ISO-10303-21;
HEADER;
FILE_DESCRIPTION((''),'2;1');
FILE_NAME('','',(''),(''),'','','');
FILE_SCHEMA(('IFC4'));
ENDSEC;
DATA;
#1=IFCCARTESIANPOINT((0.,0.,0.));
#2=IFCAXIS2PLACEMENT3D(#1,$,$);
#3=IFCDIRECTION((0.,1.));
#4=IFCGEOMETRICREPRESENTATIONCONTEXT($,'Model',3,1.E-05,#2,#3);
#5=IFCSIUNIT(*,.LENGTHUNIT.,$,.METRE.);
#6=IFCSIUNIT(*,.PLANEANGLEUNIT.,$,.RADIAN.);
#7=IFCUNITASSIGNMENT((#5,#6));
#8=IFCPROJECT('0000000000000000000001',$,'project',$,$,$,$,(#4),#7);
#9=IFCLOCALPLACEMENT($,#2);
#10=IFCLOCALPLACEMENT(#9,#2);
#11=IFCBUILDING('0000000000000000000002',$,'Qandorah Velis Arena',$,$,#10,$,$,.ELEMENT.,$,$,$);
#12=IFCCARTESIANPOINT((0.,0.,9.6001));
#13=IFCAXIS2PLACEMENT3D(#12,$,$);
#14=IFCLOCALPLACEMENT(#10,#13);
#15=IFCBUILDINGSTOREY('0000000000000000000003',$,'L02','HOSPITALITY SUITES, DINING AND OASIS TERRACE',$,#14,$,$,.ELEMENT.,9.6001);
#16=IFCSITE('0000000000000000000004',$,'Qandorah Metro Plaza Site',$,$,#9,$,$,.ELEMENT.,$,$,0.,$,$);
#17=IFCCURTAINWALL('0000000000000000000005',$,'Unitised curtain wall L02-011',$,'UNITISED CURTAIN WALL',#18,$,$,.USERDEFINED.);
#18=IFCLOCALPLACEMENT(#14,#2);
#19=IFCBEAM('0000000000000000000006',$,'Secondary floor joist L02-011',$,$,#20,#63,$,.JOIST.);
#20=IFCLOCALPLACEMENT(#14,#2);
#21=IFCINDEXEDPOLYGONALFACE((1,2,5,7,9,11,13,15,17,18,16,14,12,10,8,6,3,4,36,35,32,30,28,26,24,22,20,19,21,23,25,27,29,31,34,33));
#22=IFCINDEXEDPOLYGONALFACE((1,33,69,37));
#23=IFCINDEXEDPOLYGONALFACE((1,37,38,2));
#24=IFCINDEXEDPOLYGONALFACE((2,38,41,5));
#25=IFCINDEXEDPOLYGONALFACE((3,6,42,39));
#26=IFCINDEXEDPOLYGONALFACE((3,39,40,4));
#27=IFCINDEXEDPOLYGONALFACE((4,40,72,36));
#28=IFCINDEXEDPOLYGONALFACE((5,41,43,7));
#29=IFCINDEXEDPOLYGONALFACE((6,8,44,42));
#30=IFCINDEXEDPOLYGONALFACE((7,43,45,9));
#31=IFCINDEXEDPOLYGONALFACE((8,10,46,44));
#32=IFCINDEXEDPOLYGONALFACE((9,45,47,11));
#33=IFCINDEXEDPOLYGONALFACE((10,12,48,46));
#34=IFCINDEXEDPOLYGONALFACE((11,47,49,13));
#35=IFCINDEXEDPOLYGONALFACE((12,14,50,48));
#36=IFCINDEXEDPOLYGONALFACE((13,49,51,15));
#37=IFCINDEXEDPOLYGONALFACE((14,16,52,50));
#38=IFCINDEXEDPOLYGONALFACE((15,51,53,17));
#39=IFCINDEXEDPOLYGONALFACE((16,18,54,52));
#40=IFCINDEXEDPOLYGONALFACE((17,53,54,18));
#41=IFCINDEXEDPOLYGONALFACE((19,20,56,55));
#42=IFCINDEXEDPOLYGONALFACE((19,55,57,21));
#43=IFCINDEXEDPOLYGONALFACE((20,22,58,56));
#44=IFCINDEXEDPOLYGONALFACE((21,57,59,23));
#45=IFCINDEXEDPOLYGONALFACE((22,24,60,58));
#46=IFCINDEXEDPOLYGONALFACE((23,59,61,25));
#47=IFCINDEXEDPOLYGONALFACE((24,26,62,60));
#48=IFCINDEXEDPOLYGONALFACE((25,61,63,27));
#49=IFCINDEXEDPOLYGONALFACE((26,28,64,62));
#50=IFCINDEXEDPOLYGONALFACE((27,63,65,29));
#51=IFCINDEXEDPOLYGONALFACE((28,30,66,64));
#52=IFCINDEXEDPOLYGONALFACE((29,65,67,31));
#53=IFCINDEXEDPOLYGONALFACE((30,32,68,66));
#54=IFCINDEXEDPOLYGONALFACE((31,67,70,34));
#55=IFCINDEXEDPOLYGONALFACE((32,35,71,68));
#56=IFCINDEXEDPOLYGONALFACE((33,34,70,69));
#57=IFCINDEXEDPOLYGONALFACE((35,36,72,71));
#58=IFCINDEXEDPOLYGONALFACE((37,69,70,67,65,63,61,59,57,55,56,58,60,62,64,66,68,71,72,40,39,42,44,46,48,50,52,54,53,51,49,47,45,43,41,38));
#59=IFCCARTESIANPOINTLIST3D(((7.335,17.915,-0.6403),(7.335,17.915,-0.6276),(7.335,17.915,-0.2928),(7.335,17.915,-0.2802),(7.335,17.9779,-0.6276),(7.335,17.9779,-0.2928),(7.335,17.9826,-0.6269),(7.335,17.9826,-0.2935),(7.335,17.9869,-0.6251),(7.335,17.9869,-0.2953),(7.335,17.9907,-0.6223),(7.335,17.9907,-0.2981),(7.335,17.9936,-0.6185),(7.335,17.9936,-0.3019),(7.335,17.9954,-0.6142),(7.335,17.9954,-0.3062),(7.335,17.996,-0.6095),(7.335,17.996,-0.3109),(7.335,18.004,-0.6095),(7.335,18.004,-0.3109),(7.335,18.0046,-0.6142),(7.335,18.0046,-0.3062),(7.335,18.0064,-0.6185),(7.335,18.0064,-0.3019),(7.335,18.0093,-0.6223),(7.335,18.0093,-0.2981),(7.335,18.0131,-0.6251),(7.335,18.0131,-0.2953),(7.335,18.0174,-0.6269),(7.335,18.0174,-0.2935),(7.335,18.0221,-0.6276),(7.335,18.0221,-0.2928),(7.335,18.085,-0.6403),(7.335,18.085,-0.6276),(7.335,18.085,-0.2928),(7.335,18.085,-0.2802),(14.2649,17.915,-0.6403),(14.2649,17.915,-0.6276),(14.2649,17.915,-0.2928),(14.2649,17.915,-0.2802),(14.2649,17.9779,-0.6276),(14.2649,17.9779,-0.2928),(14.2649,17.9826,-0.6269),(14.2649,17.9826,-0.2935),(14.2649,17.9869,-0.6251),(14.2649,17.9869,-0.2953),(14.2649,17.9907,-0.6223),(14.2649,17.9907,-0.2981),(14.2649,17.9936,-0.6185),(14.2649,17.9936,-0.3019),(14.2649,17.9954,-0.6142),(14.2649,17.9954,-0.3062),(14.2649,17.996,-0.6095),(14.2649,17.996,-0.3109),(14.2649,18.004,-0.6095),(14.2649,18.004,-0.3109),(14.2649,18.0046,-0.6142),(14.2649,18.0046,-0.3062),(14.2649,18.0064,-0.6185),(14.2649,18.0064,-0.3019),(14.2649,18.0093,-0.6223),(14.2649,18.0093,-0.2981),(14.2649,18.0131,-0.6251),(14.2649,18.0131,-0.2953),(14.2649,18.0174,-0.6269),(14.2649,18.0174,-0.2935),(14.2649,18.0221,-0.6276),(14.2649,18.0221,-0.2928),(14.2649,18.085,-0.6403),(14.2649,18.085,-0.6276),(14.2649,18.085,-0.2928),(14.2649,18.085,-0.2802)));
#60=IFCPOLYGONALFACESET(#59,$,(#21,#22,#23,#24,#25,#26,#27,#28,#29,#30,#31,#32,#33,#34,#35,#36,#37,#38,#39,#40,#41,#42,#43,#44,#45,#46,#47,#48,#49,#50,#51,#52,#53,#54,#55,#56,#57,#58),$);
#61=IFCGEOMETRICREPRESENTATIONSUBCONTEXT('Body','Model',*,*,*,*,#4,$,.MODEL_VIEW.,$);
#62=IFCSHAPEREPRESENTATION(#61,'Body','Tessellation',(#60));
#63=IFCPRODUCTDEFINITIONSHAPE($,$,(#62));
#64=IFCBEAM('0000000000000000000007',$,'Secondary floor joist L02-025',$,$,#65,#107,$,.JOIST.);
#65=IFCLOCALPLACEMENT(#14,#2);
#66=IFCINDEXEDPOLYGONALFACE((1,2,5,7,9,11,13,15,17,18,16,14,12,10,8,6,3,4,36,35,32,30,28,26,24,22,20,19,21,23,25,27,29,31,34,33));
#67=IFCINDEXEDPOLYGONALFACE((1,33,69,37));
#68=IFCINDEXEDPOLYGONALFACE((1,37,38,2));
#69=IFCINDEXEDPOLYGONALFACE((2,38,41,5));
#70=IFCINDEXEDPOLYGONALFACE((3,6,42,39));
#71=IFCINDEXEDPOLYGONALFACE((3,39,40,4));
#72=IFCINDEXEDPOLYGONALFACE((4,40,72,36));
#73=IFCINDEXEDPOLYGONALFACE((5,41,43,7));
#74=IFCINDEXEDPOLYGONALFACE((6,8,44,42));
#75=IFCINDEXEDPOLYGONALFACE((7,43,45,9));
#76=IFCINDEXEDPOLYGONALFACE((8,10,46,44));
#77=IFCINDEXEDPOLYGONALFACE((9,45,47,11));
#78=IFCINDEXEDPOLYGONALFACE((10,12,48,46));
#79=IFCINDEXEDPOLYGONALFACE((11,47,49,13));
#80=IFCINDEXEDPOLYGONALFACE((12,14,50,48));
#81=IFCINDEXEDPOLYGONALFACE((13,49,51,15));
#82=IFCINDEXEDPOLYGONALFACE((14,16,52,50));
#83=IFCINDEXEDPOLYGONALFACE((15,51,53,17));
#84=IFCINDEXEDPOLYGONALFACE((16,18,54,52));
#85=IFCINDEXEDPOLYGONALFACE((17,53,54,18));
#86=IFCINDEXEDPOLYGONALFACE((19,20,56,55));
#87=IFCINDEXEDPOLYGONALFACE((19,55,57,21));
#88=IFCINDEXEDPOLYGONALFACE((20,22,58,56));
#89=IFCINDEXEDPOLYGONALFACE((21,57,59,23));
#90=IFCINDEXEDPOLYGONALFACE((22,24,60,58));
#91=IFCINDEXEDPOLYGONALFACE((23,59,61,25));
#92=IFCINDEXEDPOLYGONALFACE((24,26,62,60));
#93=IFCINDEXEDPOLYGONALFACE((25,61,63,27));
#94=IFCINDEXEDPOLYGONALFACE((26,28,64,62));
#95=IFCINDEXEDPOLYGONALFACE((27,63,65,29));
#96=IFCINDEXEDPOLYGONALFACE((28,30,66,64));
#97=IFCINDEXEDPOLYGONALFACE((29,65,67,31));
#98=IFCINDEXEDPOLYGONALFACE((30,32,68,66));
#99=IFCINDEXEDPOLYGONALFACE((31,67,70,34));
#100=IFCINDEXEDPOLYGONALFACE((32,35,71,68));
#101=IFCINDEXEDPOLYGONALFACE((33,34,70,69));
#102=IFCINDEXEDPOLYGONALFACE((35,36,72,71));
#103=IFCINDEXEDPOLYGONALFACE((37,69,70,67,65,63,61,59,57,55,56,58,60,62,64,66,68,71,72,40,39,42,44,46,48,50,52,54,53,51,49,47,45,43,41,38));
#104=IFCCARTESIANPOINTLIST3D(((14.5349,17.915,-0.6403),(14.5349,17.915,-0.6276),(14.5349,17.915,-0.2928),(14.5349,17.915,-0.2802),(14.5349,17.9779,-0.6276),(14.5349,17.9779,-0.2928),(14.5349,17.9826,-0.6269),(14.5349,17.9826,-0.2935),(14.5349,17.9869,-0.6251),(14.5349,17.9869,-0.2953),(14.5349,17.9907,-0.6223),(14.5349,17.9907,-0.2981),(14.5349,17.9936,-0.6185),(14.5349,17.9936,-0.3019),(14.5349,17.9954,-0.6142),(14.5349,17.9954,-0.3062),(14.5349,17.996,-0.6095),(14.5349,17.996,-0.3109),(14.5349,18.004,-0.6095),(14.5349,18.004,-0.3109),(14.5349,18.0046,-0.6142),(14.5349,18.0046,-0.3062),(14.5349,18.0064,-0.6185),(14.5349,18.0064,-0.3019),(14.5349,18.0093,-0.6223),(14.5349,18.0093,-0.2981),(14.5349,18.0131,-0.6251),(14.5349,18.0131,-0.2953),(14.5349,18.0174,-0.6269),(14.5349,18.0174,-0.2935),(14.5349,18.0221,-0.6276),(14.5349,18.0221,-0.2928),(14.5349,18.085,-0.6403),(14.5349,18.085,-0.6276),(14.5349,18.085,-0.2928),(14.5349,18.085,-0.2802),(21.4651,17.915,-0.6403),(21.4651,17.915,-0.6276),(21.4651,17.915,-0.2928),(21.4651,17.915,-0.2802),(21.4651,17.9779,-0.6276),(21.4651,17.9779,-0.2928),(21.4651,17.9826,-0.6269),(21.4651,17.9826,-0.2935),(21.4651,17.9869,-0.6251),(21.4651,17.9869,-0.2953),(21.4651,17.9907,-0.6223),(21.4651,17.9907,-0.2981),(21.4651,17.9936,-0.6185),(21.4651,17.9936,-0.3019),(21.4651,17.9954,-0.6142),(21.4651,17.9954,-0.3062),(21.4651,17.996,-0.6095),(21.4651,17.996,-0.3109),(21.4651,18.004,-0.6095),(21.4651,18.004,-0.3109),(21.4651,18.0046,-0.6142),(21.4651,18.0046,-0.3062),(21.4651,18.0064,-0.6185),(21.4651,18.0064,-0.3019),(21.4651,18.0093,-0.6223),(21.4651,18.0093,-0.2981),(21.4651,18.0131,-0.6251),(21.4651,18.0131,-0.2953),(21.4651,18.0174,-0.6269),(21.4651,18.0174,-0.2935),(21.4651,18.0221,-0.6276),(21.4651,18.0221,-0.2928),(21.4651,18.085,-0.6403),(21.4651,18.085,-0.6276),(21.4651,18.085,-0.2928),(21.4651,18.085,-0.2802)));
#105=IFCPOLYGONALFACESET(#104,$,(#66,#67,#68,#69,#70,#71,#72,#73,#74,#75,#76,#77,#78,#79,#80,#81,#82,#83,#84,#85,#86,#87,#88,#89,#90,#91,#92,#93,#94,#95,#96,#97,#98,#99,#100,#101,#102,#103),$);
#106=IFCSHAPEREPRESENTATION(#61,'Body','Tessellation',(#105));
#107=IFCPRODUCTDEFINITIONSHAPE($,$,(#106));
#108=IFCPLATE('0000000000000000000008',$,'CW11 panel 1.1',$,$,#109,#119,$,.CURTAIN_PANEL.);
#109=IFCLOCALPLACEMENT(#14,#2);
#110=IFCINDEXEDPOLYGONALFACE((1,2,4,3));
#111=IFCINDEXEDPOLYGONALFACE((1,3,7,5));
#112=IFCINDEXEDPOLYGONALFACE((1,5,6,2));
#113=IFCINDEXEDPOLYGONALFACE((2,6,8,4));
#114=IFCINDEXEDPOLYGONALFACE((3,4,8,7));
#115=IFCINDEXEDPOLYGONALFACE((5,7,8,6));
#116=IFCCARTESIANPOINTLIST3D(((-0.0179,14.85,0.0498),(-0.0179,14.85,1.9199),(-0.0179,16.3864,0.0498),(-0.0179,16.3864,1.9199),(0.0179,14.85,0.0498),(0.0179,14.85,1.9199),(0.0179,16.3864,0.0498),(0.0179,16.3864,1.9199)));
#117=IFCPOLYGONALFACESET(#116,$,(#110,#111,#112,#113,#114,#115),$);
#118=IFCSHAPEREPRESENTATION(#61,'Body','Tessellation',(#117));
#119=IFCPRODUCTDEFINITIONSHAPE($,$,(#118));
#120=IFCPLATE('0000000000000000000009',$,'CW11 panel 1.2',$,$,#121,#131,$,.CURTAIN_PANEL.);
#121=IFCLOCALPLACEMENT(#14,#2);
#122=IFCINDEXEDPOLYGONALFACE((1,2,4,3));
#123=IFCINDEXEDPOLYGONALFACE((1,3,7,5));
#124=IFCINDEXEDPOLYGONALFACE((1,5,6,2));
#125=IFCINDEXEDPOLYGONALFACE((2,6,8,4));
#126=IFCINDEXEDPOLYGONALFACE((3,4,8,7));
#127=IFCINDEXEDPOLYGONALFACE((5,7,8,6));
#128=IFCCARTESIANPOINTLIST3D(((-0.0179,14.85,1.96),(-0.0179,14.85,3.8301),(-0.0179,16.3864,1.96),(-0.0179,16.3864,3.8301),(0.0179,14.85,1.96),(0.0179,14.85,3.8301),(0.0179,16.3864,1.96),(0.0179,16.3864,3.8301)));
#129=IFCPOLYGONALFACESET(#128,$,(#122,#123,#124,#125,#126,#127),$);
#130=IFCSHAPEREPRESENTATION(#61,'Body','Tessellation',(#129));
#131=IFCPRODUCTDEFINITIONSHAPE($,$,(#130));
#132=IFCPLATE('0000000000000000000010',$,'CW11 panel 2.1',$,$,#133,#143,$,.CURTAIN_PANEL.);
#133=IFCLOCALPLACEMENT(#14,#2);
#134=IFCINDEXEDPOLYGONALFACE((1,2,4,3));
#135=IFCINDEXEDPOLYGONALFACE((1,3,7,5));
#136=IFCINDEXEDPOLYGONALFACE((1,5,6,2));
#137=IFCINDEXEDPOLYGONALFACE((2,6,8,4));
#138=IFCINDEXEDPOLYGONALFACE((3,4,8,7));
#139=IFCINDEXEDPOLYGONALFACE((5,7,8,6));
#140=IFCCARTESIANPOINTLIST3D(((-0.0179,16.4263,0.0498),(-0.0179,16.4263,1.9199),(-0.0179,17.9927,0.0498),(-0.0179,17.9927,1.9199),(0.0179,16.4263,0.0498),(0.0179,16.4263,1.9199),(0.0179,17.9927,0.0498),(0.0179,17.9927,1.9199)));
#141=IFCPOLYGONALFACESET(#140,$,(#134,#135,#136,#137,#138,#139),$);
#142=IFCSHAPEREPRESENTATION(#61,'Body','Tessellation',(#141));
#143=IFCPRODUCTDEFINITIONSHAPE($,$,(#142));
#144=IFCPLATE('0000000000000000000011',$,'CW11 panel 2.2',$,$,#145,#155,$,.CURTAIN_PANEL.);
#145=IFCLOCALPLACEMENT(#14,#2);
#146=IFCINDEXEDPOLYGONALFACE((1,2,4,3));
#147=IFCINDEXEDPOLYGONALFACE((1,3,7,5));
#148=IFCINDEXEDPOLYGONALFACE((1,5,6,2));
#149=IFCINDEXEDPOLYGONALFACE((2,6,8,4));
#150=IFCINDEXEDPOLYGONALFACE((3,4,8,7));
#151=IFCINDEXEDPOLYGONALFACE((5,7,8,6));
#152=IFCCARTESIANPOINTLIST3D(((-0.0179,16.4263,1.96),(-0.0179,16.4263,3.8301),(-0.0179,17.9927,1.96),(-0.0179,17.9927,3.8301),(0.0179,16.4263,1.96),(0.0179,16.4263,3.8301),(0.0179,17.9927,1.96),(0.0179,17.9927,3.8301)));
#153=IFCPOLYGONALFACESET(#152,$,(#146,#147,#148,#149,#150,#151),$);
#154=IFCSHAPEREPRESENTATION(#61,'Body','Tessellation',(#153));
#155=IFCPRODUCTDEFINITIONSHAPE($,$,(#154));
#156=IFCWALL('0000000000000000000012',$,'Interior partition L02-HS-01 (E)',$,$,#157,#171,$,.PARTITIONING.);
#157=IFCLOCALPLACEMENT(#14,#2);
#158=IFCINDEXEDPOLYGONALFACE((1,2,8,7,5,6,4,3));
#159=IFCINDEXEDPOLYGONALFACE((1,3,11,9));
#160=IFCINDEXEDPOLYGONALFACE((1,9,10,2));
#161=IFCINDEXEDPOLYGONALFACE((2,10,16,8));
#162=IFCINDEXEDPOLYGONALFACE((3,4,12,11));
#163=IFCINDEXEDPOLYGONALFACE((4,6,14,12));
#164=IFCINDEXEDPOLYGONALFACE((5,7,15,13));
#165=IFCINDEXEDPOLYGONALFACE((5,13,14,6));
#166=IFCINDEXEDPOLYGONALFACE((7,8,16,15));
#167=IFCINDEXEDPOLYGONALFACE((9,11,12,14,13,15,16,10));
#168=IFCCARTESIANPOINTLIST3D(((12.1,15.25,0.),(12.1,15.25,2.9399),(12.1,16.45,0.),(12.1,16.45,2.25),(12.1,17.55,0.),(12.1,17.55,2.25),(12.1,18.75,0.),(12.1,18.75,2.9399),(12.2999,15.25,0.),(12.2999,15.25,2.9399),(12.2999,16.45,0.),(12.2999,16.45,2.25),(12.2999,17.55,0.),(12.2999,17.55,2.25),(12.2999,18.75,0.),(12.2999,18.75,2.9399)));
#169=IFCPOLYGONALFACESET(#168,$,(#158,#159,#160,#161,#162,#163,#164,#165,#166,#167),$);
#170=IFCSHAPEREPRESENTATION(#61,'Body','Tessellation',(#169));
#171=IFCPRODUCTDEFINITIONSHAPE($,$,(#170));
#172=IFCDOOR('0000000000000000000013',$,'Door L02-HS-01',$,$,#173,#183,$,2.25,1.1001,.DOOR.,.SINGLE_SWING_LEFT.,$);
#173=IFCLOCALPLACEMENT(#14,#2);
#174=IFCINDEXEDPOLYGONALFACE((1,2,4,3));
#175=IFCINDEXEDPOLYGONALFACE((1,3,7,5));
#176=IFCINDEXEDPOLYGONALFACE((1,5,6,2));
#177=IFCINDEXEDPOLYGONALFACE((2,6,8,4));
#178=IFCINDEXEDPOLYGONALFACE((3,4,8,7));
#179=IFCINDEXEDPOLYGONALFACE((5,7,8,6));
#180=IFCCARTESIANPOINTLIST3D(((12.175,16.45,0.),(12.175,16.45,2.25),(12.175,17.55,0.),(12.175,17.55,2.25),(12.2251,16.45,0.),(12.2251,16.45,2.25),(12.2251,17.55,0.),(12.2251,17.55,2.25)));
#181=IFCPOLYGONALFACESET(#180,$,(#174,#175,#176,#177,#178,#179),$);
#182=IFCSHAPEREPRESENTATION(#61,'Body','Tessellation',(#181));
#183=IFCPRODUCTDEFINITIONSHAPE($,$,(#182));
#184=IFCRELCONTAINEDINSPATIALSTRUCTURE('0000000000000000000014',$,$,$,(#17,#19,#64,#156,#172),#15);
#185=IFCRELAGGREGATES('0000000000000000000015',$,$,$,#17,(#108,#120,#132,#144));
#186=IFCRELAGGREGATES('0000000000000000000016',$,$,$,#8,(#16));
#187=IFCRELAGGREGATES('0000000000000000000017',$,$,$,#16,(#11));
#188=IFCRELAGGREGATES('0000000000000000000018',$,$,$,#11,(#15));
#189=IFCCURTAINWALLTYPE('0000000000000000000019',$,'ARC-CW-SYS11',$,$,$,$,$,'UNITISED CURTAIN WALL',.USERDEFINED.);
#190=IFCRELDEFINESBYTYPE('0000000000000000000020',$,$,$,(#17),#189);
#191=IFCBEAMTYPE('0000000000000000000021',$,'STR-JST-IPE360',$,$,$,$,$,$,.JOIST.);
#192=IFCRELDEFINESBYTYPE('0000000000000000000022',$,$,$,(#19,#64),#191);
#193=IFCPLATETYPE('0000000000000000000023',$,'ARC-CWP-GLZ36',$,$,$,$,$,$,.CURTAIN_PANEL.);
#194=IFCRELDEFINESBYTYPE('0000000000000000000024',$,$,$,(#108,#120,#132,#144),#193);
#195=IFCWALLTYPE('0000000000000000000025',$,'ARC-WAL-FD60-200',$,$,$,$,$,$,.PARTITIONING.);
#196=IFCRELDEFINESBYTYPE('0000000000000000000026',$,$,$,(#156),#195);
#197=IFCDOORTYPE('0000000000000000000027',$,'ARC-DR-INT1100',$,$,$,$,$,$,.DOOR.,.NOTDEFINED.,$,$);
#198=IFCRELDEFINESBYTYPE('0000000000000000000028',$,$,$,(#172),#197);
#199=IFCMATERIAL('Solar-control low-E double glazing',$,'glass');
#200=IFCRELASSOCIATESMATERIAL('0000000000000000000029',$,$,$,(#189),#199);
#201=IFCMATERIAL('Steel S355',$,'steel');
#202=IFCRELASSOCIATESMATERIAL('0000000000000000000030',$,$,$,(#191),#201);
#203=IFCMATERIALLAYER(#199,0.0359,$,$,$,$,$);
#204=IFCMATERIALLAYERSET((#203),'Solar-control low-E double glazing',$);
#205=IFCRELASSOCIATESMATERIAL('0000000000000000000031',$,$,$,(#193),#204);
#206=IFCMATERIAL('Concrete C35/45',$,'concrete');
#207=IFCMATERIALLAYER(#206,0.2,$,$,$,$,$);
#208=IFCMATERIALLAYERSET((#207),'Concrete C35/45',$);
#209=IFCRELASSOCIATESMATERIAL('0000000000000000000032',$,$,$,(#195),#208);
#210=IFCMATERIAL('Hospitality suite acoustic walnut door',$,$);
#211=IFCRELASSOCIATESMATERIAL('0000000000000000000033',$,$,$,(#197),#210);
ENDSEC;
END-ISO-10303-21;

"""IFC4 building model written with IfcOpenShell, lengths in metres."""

from ifc_helpers import new_model, si_unit, direction, frame, frame_2d, origin, origin_2d, place, context, subcontext, project, spatial, rectangle, i_section, extrude, material, layer, layer_set, material_profile, profile_set, type_object, element, fill, aggregate, save


model = new_model("IFC4")

# Units and contexts
model_context = context("Model", 3, precision=1e-05, world=origin(), true_north=direction((0.0, 1.0)))
body_context = subcontext(model_context, "Body", "Model", "MODEL_VIEW")
ifc_project = project(units=[si_unit("LENGTHUNIT", "METRE"), si_unit("PLANEANGLEUNIT", "RADIAN")], contexts=[model_context])

# Site, building, storey
site_placement = place(None, origin())
site = spatial("IfcSite", under=ifc_project, at=site_placement, Name="Qandorah Metro Plaza Site", CompositionType="ELEMENT", RefElevation=0.0)
building_placement = place(site_placement, origin())
building = spatial("IfcBuilding", under=site, at=building_placement, Name="Qandorah Velis Arena", CompositionType="ELEMENT")
storey_placement = place(building_placement, frame((0.0, 0.0, 9.6001)))
storey = spatial("IfcBuildingStorey", under=building, at=storey_placement, Name="L02", Description="HOSPITALITY SUITES, DINING AND OASIS TERRACE", CompositionType="ELEMENT", Elevation=9.6001)

# Curtain wall
ifc_material_1 = material(Name="Solar-control low-E double glazing", Category="glass")
curtain_wall_type = type_object("IfcCurtainWallType", Name="ARC-CW-SYS11", ElementType="UNITISED CURTAIN WALL", PredefinedType="USERDEFINED", material=ifc_material_1)
curtain_wall_placement = place(storey_placement, origin())
curtain_wall = element("IfcCurtainWall", 1, at=curtain_wall_placement, inside=storey, type_object=curtain_wall_type, Name="Unitised curtain wall L02-011", ObjectType="UNITISED CURTAIN WALL", PredefinedType="USERDEFINED")

# Beams
ifc_material_2 = material(Name="Steel S355", Category="steel")
ifc_material_profile_1 = material_profile(ifc_material_2, i_section(OverallWidth=0.1699, OverallDepth=0.3601, WebThickness=0.0081, FlangeThickness=0.0127, FilletRadius=0.0181, at=origin_2d()), Name="IPE 360")
ifc_profile_set_1 = profile_set([ifc_material_profile_1], Name="Steel S355")
beam_type = type_object("IfcBeamType", Name="STR-JST-IPE360", PredefinedType="JOIST", material=ifc_profile_set_1)
for number, where, z_axis, x_axis, name in (
    (2, (7.335, 18.0, -0.4602), (1.0, 0.0, 0.0), (0.0, 1.0, 0.0), "Secondary floor joist L02-011"),
):
    element("IfcBeam", number, at=place(storey_placement, frame(where, z_axis=z_axis, x_axis=x_axis)), inside=storey, type_object=beam_type, Name=name, PredefinedType="JOIST", context=body_context, shape_type="SweptSolid", body=[
        extrude(i_section(OverallWidth=0.1699, OverallDepth=0.3601, WebThickness=0.0081, FlangeThickness=0.0127, FilletRadius=0.0181, at=origin_2d()), origin(), (0.0, 0.0, 1.0), 6.9299),
    ])
beam_placement = place(storey_placement, frame((14.5349, 18.0, -0.4602), z_axis=(1.0, 0.0, 0.0), x_axis=(0.0, 1.0, 0.0)))
element("IfcBeam", 3, at=beam_placement, inside=storey, type_object=beam_type, Name="Secondary floor joist L02-025", PredefinedType="JOIST", context=body_context, shape_type="SweptSolid", body=[
    extrude(i_section(OverallWidth=0.1699, OverallDepth=0.3601, WebThickness=0.0081, FlangeThickness=0.0127, FilletRadius=0.0181, at=origin_2d()), origin(), (0.0, 0.0, 1.0), 6.9302),
])

# Plates
ifc_layer_1 = layer(ifc_material_1, 0.0359)
ifc_layer_set_1 = layer_set([ifc_layer_1], Name="Solar-control low-E double glazing")
plate_type = type_object("IfcPlateType", Name="ARC-CWP-GLZ36", PredefinedType="CURTAIN_PANEL", material=ifc_layer_set_1)
plate_1_placement = place(storey_placement, frame((0.0, 15.6182, 0.0498), z_axis=(0.0, 0.0, 1.0), x_axis=(0.0, 1.0, 0.0)))
plate_1 = element("IfcPlate", 4, at=plate_1_placement, type_object=plate_type, Name="CW11 panel 1.1", PredefinedType="CURTAIN_PANEL", context=body_context, shape_type="SweptSolid", body=[
    extrude(rectangle(XDim=1.5364, YDim=0.0359, at=origin_2d()), origin(), (0.0, 0.0, 1.0), 1.8701),
])
plate_2_placement = place(storey_placement, frame((0.0, 15.6182, 1.96), z_axis=(0.0, 0.0, 1.0), x_axis=(0.0, 1.0, 0.0)))
plate_2 = element("IfcPlate", 5, at=plate_2_placement, type_object=plate_type, Name="CW11 panel 1.2", PredefinedType="CURTAIN_PANEL", context=body_context, shape_type="SweptSolid", body=[
    extrude(rectangle(XDim=1.5364, YDim=0.0359, at=origin_2d()), origin(), (0.0, 0.0, 1.0), 1.8701),
])
plate_3_placement = place(storey_placement, frame((0.0, 17.2095, 0.0498), z_axis=(0.0, 0.0, 1.0), x_axis=(0.0, 1.0, 0.0)))
plate_3 = element("IfcPlate", 6, at=plate_3_placement, type_object=plate_type, Name="CW11 panel 2.1", PredefinedType="CURTAIN_PANEL", context=body_context, shape_type="SweptSolid", body=[
    extrude(rectangle(XDim=1.5664, YDim=0.0359, at=origin_2d()), origin(), (0.0, 0.0, 1.0), 1.8701),
])
plate_4_placement = place(storey_placement, frame((0.0, 17.2095, 1.96), z_axis=(0.0, 0.0, 1.0), x_axis=(0.0, 1.0, 0.0)))
plate_4 = element("IfcPlate", 7, at=plate_4_placement, type_object=plate_type, Name="CW11 panel 2.2", PredefinedType="CURTAIN_PANEL", context=body_context, shape_type="SweptSolid", body=[
    extrude(rectangle(XDim=1.5664, YDim=0.0359, at=origin_2d()), origin(), (0.0, 0.0, 1.0), 1.8701),
])
aggregate(curtain_wall, [plate_1, plate_2, plate_3, plate_4])

# Wall, opening, door
ifc_material_3 = material(Name="Concrete C35/45", Category="concrete")
ifc_layer_2 = layer(ifc_material_3, 0.2)
ifc_layer_set_2 = layer_set([ifc_layer_2], Name="Concrete C35/45")
wall_type = type_object("IfcWallType", Name="ARC-WAL-FD60-200", PredefinedType="PARTITIONING", material=ifc_layer_set_2)
wall_placement = place(storey_placement, frame((12.2, 15.25, 0.0), z_axis=(0.0, 0.0, 1.0), x_axis=(0.0, 1.0, 0.0)))
wall = element("IfcWall", 8, at=wall_placement, inside=storey, type_object=wall_type, Name="Interior partition L02-HS-01 (E)", PredefinedType="PARTITIONING", context=body_context, shape_type="SweptSolid", body=[
    extrude(rectangle(XDim=3.5, YDim=0.2, at=frame_2d((1.75, 0.0))), origin(), (0.0, 0.0, 1.0), 2.9399),
])
opening_placement = place(wall_placement, frame((1.2, 0.0, 0.0)))
opening = element("IfcOpeningElement", 9, at=opening_placement, cuts=wall, PredefinedType="OPENING", context=body_context, shape_type="SweptSolid", body=[
    extrude(rectangle(XDim=1.1001, YDim=2.25, at=frame_2d((0.55, 1.125))), frame((0.0, 0.1099, 0.0), z_axis=(0.0, -1.0, 0.0), x_axis=(1.0, 0.0, 0.0)), (0.0, 0.0, 1.0), 0.22),
])
ifc_material_4 = material(Name="Hospitality suite acoustic walnut door")
door_type = type_object("IfcDoorType", Name="ARC-DR-INT1100", OperationType="NOTDEFINED", PredefinedType="DOOR", material=ifc_material_4)
door_placement = place(opening_placement, origin())
door = element("IfcDoor", 10, at=door_placement, inside=storey, type_object=door_type, Name="Door L02-HS-01", OperationType="SINGLE_SWING_LEFT", OverallHeight=2.25, OverallWidth=1.1001, PredefinedType="DOOR", context=body_context, shape_type="SweptSolid", body=[
    extrude(rectangle(XDim=1.1001, YDim=2.25, at=frame_2d((0.55, 1.125))), frame((0.0, 0.0249, 0.0), z_axis=(0.0, -1.0, 0.0), x_axis=(1.0, 0.0, 0.0)), (0.0, 0.0, 1.0), 0.05),
])
fill(opening, door)

save(model, "model.ifc")
